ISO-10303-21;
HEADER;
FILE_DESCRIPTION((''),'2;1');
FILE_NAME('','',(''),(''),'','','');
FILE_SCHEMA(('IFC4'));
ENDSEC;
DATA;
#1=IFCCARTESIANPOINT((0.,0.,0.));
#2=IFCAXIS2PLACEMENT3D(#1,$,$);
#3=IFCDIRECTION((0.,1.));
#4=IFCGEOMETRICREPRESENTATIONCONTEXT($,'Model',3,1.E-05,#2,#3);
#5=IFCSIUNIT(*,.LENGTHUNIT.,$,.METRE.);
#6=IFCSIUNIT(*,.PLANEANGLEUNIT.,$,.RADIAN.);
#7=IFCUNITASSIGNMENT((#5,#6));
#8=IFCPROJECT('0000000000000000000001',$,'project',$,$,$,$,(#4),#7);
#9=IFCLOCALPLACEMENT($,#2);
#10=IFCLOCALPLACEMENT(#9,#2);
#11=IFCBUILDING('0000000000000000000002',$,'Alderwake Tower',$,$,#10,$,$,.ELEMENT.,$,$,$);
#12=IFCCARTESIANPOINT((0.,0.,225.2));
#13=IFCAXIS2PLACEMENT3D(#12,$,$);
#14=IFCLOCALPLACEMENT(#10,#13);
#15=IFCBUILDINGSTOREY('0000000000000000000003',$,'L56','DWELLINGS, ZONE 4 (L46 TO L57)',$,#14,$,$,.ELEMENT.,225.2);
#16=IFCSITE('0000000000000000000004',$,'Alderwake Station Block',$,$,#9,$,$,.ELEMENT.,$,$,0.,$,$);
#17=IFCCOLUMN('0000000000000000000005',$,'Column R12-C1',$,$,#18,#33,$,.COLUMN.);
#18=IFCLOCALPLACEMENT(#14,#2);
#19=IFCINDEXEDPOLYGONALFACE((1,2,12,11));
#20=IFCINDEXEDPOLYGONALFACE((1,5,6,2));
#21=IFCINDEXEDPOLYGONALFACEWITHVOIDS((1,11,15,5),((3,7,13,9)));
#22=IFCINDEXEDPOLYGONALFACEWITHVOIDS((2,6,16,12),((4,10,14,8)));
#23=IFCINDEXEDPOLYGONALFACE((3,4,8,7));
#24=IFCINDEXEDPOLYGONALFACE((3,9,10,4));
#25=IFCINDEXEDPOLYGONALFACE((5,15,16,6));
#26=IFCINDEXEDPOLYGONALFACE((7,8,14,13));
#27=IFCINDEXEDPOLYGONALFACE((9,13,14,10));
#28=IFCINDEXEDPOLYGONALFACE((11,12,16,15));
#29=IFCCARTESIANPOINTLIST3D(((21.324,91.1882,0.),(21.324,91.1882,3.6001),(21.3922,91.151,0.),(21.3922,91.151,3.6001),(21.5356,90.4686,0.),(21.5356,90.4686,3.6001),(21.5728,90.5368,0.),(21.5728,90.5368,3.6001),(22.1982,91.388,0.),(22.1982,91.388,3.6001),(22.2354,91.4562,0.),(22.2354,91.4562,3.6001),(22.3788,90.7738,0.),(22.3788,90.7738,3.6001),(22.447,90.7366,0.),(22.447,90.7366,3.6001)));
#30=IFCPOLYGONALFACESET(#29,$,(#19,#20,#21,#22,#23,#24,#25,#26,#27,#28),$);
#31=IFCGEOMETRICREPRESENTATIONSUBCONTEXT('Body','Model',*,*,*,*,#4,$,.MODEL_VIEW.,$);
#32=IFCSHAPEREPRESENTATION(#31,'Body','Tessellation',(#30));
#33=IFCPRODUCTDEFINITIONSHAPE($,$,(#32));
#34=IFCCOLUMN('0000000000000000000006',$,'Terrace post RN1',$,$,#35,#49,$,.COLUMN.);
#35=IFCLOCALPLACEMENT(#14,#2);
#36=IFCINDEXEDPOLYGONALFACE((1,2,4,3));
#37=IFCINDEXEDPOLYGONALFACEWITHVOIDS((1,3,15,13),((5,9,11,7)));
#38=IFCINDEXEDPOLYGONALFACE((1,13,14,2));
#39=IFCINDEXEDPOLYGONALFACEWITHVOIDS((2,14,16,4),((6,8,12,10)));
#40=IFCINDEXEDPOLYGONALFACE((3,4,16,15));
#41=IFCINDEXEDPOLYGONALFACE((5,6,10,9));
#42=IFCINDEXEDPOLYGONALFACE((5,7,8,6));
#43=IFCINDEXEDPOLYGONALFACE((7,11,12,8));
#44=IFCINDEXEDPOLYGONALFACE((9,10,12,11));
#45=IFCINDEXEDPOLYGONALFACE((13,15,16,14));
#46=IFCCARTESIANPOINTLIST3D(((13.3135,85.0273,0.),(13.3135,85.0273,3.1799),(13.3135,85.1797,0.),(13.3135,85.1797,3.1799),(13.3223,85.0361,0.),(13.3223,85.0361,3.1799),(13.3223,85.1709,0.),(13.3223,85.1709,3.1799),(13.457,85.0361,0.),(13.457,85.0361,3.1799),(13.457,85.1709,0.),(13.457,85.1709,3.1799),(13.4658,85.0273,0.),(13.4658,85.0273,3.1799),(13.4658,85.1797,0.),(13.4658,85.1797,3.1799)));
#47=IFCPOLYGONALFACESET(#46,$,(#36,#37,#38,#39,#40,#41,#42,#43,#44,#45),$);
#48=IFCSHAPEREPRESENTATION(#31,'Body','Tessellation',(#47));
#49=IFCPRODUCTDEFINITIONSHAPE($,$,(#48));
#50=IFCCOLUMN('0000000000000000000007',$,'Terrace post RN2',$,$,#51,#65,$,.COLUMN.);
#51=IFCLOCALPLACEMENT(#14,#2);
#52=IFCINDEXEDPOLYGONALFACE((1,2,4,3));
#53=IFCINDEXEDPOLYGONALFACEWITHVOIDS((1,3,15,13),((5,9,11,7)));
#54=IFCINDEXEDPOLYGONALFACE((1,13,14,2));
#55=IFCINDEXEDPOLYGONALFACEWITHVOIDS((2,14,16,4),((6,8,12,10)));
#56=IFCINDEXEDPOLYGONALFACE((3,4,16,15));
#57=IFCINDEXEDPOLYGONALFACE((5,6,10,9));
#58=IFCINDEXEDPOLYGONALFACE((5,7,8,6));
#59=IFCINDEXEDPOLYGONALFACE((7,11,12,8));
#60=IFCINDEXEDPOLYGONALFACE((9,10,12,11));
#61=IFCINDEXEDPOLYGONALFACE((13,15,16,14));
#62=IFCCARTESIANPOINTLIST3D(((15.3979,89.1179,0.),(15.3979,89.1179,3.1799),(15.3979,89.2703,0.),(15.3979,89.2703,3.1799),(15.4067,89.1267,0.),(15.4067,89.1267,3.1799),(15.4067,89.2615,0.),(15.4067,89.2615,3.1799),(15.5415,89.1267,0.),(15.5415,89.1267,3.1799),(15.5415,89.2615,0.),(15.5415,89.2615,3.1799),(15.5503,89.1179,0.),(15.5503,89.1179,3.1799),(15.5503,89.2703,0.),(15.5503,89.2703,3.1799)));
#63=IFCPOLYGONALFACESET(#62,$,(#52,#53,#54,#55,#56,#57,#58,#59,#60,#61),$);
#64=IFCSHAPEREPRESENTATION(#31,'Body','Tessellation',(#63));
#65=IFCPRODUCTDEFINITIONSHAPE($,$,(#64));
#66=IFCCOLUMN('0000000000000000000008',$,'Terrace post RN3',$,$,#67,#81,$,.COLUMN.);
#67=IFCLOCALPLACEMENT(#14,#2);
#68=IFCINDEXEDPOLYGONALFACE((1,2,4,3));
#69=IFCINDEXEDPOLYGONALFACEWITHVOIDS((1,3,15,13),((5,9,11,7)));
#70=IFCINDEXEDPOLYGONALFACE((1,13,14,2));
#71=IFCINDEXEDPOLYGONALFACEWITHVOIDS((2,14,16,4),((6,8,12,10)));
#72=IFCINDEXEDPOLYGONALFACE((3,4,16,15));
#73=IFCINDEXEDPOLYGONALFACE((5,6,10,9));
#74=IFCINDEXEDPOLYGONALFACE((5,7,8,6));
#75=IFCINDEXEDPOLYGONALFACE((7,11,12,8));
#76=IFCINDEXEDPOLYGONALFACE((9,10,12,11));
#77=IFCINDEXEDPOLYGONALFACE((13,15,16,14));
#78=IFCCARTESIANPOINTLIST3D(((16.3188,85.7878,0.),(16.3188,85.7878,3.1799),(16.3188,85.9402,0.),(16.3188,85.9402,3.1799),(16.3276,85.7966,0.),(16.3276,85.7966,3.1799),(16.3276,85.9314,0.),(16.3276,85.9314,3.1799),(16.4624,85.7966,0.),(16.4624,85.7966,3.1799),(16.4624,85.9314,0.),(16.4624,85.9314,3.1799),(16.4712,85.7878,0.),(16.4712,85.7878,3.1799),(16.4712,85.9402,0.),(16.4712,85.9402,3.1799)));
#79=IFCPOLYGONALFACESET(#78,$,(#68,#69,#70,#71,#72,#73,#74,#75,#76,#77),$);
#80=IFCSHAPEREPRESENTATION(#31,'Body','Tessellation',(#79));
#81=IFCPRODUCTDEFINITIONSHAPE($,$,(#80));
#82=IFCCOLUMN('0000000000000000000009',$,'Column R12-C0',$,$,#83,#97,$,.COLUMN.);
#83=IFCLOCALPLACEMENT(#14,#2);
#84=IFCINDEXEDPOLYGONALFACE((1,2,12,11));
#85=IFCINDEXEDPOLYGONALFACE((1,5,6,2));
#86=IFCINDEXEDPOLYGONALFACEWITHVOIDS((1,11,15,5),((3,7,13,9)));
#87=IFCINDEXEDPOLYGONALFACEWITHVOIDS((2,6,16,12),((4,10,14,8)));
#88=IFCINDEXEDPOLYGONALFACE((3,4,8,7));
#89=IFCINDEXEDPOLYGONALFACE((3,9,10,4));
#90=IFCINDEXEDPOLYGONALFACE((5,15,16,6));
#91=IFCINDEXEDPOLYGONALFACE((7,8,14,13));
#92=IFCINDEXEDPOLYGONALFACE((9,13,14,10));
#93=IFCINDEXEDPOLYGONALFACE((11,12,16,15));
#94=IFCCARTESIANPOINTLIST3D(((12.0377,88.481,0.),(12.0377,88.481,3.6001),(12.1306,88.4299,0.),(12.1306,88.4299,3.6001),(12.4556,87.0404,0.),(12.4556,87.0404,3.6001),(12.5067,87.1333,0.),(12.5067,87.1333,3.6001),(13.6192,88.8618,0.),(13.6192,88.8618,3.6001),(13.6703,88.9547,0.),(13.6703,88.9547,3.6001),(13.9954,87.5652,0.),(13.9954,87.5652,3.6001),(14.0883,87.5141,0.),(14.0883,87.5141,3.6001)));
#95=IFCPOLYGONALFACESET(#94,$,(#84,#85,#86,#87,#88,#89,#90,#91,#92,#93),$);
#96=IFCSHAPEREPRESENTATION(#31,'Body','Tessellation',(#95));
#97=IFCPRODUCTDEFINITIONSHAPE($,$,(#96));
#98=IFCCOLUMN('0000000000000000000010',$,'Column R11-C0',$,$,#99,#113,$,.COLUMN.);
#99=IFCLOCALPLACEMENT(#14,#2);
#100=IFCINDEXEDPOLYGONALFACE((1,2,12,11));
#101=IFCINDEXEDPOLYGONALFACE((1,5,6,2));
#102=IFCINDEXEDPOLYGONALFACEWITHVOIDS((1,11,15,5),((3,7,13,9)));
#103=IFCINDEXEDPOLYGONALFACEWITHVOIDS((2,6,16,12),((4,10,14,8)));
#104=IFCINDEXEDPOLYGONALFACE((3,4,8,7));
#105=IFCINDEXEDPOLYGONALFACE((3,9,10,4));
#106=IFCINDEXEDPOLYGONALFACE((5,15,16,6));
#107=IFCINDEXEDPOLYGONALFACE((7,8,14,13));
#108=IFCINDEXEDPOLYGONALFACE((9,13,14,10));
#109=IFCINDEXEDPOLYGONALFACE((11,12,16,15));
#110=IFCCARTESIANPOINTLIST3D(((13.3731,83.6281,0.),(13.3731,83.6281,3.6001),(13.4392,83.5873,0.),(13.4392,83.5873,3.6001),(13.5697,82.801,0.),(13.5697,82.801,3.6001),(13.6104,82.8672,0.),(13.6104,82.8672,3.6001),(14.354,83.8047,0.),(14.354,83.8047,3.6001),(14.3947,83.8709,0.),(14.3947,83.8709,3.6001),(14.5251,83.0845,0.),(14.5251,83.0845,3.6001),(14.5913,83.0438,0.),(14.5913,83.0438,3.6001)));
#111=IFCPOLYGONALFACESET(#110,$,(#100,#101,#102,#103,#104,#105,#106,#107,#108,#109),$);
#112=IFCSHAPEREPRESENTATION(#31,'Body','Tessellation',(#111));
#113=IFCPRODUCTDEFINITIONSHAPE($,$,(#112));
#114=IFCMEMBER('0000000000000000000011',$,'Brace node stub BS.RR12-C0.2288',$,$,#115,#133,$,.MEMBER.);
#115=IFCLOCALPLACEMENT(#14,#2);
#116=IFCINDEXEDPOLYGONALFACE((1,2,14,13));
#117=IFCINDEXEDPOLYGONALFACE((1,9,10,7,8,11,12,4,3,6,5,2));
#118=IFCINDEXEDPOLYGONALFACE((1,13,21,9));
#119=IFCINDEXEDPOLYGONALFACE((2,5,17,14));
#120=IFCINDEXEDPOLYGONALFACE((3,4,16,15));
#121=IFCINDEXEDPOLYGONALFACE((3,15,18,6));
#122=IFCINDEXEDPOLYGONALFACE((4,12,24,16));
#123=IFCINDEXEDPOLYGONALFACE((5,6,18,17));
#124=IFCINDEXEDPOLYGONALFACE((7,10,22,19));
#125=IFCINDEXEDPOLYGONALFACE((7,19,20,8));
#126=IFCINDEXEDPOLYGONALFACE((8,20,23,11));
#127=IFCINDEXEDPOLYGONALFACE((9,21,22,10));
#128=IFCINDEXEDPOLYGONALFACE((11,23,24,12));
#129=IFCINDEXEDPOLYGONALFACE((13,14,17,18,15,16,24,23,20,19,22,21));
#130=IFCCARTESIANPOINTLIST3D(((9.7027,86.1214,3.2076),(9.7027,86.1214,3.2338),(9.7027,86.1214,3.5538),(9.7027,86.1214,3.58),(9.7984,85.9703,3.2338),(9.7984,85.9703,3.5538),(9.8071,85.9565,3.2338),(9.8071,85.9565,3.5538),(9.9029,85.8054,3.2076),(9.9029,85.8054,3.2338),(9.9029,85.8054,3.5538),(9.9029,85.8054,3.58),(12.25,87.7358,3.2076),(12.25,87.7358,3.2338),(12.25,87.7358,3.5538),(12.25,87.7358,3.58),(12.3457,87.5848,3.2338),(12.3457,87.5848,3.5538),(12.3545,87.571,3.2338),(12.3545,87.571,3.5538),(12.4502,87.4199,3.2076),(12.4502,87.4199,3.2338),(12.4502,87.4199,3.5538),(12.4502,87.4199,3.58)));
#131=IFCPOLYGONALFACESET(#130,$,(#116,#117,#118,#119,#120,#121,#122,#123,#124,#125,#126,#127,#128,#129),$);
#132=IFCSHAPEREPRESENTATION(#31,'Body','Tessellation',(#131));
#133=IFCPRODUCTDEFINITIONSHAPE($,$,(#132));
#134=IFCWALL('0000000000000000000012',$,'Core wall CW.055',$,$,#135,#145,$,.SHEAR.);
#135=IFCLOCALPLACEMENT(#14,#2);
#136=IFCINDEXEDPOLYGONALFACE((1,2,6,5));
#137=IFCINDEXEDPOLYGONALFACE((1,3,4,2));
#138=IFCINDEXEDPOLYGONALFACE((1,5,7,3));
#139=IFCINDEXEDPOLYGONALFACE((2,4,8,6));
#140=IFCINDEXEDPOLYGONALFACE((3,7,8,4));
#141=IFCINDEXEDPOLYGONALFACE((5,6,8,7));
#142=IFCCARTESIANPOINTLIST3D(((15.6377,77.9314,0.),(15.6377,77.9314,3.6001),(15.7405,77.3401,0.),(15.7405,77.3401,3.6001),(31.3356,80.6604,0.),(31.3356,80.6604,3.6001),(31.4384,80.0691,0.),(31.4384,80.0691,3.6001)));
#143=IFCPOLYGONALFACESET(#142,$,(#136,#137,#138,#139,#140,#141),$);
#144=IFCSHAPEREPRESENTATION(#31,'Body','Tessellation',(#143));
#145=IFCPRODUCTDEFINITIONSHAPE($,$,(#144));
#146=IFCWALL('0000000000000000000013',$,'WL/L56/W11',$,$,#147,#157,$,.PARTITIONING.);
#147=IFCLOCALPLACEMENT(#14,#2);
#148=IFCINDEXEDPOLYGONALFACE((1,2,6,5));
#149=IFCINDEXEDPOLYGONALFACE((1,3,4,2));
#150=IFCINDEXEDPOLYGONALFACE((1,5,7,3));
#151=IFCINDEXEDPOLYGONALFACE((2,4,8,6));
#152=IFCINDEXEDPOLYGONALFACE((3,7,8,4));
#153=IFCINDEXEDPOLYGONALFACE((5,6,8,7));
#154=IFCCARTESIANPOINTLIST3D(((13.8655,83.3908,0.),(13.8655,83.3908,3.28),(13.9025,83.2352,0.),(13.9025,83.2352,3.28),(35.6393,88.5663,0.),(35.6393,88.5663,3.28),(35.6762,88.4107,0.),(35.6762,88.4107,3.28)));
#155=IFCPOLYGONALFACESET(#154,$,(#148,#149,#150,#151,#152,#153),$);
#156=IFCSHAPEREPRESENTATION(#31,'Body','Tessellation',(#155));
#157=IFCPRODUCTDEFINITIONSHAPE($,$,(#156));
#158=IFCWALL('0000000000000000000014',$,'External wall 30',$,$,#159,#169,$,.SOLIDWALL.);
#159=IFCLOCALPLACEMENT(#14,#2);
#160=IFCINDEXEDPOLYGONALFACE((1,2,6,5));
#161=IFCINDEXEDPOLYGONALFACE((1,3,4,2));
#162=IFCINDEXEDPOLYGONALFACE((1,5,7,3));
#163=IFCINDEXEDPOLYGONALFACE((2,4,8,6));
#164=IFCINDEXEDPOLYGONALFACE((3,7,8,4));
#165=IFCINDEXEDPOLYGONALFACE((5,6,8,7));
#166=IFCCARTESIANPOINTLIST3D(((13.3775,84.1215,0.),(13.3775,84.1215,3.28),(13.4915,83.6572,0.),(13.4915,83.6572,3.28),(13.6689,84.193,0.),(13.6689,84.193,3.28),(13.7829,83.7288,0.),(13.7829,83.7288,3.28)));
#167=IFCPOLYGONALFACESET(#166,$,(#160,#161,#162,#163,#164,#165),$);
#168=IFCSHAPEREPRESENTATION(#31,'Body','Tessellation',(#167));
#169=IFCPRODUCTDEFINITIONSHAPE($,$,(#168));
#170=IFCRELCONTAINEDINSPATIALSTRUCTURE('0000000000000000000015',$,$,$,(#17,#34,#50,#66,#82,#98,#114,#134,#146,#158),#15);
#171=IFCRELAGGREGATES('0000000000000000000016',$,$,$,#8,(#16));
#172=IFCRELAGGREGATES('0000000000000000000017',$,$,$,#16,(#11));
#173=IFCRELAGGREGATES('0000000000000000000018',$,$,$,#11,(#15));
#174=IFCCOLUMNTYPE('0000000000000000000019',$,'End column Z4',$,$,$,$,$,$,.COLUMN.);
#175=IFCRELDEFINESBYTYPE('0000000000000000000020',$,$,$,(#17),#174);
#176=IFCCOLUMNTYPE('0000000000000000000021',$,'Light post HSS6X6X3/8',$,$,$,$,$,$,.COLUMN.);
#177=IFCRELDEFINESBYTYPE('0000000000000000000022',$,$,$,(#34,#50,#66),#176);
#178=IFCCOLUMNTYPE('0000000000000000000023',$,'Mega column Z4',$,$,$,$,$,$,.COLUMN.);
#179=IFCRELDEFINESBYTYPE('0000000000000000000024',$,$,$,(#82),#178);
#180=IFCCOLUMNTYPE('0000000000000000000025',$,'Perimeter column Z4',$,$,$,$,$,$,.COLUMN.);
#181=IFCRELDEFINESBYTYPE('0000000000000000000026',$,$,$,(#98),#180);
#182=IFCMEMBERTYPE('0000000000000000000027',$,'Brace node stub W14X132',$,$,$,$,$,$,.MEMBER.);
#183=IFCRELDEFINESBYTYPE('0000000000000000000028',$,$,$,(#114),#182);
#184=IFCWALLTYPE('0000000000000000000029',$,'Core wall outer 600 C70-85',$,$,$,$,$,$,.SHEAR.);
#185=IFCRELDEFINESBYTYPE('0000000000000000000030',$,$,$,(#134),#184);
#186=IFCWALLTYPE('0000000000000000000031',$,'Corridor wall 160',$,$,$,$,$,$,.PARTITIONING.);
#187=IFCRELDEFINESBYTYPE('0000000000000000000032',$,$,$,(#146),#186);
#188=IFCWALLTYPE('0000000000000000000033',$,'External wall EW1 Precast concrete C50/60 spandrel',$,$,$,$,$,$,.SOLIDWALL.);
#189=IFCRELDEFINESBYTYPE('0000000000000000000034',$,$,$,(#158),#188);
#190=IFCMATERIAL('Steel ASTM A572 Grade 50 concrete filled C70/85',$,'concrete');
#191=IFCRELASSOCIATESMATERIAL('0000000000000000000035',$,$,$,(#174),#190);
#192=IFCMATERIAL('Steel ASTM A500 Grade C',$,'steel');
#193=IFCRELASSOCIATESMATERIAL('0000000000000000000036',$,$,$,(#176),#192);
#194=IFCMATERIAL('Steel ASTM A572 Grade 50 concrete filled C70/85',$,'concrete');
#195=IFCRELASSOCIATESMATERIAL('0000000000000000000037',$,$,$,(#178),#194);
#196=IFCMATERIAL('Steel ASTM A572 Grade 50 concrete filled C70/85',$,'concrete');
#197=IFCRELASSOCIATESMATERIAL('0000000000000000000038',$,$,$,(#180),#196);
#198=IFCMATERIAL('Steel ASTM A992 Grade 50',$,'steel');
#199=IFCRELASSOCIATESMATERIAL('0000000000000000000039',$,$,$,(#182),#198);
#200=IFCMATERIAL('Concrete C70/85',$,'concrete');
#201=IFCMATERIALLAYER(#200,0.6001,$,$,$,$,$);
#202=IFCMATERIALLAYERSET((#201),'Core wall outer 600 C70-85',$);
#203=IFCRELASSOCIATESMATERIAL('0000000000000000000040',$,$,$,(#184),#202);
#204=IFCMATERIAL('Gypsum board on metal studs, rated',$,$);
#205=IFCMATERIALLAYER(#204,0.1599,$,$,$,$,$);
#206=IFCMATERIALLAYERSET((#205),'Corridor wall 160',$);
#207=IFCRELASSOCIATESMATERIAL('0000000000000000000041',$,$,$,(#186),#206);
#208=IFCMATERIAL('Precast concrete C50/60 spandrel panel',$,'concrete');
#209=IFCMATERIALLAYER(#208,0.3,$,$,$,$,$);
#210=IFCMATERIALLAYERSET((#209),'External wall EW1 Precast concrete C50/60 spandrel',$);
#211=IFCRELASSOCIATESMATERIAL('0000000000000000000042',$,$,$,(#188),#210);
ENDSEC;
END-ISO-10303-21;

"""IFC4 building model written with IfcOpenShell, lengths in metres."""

from ifc_helpers import new_model, si_unit, direction, frame, frame_2d, origin, origin_2d, place, context, subcontext, project, spatial, rectangle, hollow_rectangle, i_section, extrude, material, layer, layer_set, material_profile, profile_set, type_object, element, save


model = new_model("IFC4")

# Units and contexts
model_context = context("Model", 3, precision=1e-05, world=origin(), true_north=direction((0.0, 1.0)))
body_context = subcontext(model_context, "Body", "Model", "MODEL_VIEW")
ifc_project = project(units=[si_unit("LENGTHUNIT", "METRE"), si_unit("PLANEANGLEUNIT", "RADIAN")], contexts=[model_context])

# Site, building, storey
site_placement = place(None, origin())
site = spatial("IfcSite", under=ifc_project, at=site_placement, Name="Alderwake Station Block", CompositionType="ELEMENT", RefElevation=0.0)
building_placement = place(site_placement, origin())
building = spatial("IfcBuilding", under=site, at=building_placement, Name="Alderwake Tower", CompositionType="ELEMENT")
storey_placement = place(building_placement, frame((0.0, 0.0, 225.2)))
storey = spatial("IfcBuildingStorey", under=building, at=storey_placement, Name="L56", Description="DWELLINGS, ZONE 4 (L46 TO L57)", CompositionType="ELEMENT", Elevation=225.2)

# Columns
ifc_material_1 = material(Name="Steel ASTM A572 Grade 50 concrete filled C70/85", Category="concrete")
ifc_material_profile_1 = material_profile(ifc_material_1, hollow_rectangle(XDim=0.75, YDim=0.95, WallThickness=0.0549, at=origin_2d()), Name="BOX 950X750X55")
ifc_profile_set_1 = profile_set([ifc_material_profile_1], Name="Steel ASTM A572 Grade 50 concrete filled C70/85")
column_type_1 = type_object("IfcColumnType", Name="End column Z4", PredefinedType="COLUMN", material=ifc_profile_set_1)
column_1_placement = place(storey_placement, frame((21.8855, 90.9624, 0.0), z_axis=(0.0, 0.0, 1.0), x_axis=(-0.282132, 0.959376, 0.0)))
element("IfcColumn", 1, at=column_1_placement, inside=storey, type_object=column_type_1, Name="Column R12-C1", PredefinedType="COLUMN", context=body_context, shape_type="SweptSolid", body=[
    extrude(hollow_rectangle(XDim=0.75, YDim=0.95, WallThickness=0.0549, at=origin_2d()), origin(), (0.0, 0.0, 1.0), 3.6001),
])
ifc_material_2 = material(Name="Steel ASTM A500 Grade C", Category="steel")
ifc_material_profile_2 = material_profile(ifc_material_2, hollow_rectangle(XDim=0.1523, YDim=0.1523, WallThickness=0.0088, at=origin_2d()), Name="HSS6X6X3/8")
ifc_profile_set_2 = profile_set([ifc_material_profile_2], Name="Steel ASTM A500 Grade C")
column_type_2 = type_object("IfcColumnType", Name="Light post HSS6X6X3/8", PredefinedType="COLUMN", material=ifc_profile_set_2)
for number, where, z_axis, x_axis, name in (
    (2, (13.3896, 85.1035, 0.0), (0.0, 0.0, 1.0), (1.0, 0.0, 0.0), "Terrace post RN1"),
    (3, (15.4741, 89.1941, 0.0), (0.0, 0.0, 1.0), (1.0, 0.0, 0.0), "Terrace post RN2"),
    (4, (16.395, 85.864, 0.0), (0.0, 0.0, 1.0), (1.0, 0.0, 0.0), "Terrace post RN3"),
):
    element("IfcColumn", number, at=place(storey_placement, frame(where, z_axis=z_axis, x_axis=x_axis)), inside=storey, type_object=column_type_2, Name=name, PredefinedType="COLUMN", context=body_context, shape_type="SweptSolid", body=[
        extrude(hollow_rectangle(XDim=0.1523, YDim=0.1523, WallThickness=0.0088, at=origin_2d()), origin(), (0.0, 0.0, 1.0), 3.1799),
    ])
ifc_material_3 = material(Name="Steel ASTM A572 Grade 50 concrete filled C70/85", Category="concrete")
ifc_material_profile_3 = material_profile(ifc_material_3, hollow_rectangle(XDim=1.5, YDim=1.7, WallThickness=0.075, at=origin_2d()), Name="BOX 1700X1500X75")
ifc_profile_set_3 = profile_set([ifc_material_profile_3], Name="Steel ASTM A572 Grade 50 concrete filled C70/85")
column_type_3 = type_object("IfcColumnType", Name="Mega column Z4", PredefinedType="COLUMN", material=ifc_profile_set_3)
column_2_placement = place(storey_placement, frame((13.063, 87.9976, 0.0), z_axis=(0.0, 0.0, 1.0), x_axis=(-0.278612, 0.960404, 0.0)))
element("IfcColumn", 5, at=column_2_placement, inside=storey, type_object=column_type_3, Name="Column R12-C0", PredefinedType="COLUMN", context=body_context, shape_type="SweptSolid", body=[
    extrude(hollow_rectangle(XDim=1.5, YDim=1.7, WallThickness=0.075, at=origin_2d()), origin(), (0.0, 0.0, 1.0), 3.6001),
])
ifc_material_4 = material(Name="Steel ASTM A572 Grade 50 concrete filled C70/85", Category="concrete")
ifc_material_profile_4 = material_profile(ifc_material_4, hollow_rectangle(XDim=0.8501, YDim=1.05, WallThickness=0.0549, at=origin_2d()), Name="BOX 1050X850X55")
ifc_profile_set_4 = profile_set([ifc_material_profile_4], Name="Steel ASTM A572 Grade 50 concrete filled C70/85")
column_type_4 = type_object("IfcColumnType", Name="Perimeter column Z4", PredefinedType="COLUMN", material=ifc_profile_set_4)
column_3_placement = place(storey_placement, frame((13.9822, 83.3359, 0.0), z_axis=(0.0, 0.0, 1.0), x_axis=(-0.231222, 0.972901, 0.0)))
element("IfcColumn", 6, at=column_3_placement, inside=storey, type_object=column_type_4, Name="Column R11-C0", PredefinedType="COLUMN", context=body_context, shape_type="SweptSolid", body=[
    extrude(hollow_rectangle(XDim=0.8501, YDim=1.05, WallThickness=0.0549, at=origin_2d()), origin(), (0.0, 0.0, 1.0), 3.6001),
])

# Member
ifc_material_5 = material(Name="Steel ASTM A992 Grade 50", Category="steel")
ifc_material_profile_5 = material_profile(ifc_material_5, i_section(OverallWidth=0.374, OverallDepth=0.3723, WebThickness=0.0164, FlangeThickness=0.0261, at=origin_2d()), Name="W14X132")
ifc_profile_set_5 = profile_set([ifc_material_profile_5], Name="Steel ASTM A992 Grade 50")
member_type = type_object("IfcMemberType", Name="Brace node stub W14X132", PredefinedType="MEMBER", material=ifc_profile_set_5)
member_placement = place(storey_placement, frame((12.3501, 87.5779, 3.3938), z_axis=(-0.844643, -0.535329, 0.0), x_axis=(0.535329, -0.844643, 0.0)))
element("IfcMember", 7, at=member_placement, inside=storey, type_object=member_type, Name="Brace node stub BS.RR12-C0.2288", PredefinedType="MEMBER", context=body_context, shape_type="SweptSolid", body=[
    extrude(i_section(OverallWidth=0.374, OverallDepth=0.3723, WebThickness=0.0164, FlangeThickness=0.0261, at=origin_2d()), origin(), (0.0, 0.0, 1.0), 3.0159),
])

# Walls
ifc_material_6 = material(Name="Concrete C70/85", Category="concrete")
ifc_layer_1 = layer(ifc_material_6, 0.6001)
ifc_layer_set_1 = layer_set([ifc_layer_1], Name="Core wall outer 600 C70-85")
wall_type_1 = type_object("IfcWallType", Name="Core wall outer 600 C70-85", PredefinedType="SHEAR", material=ifc_layer_set_1)
wall_1_placement = place(storey_placement, frame((15.689, 77.6357, 0.0), z_axis=(0.0, 0.0, 1.0), x_axis=(0.985223, 0.171275, 0.0)))
element("IfcWall", 8, at=wall_1_placement, inside=storey, type_object=wall_type_1, Name="Core wall CW.055", PredefinedType="SHEAR", context=body_context, shape_type="SweptSolid", body=[
    extrude(rectangle(XDim=15.9333, YDim=0.6001, at=frame_2d((7.9668, 0.0))), origin(), (0.0, 0.0, 1.0), 3.6001),
])
ifc_material_7 = material(Name="Gypsum board on metal studs, rated")
ifc_layer_2 = layer(ifc_material_7, 0.1599)
ifc_layer_set_2 = layer_set([ifc_layer_2], Name="Corridor wall 160")
wall_type_2 = type_object("IfcWallType", Name="Corridor wall 160", PredefinedType="PARTITIONING", material=ifc_layer_set_2)
wall_2_placement = place(storey_placement, frame((13.884, 83.313, 0.0), z_axis=(0.0, 0.0, 1.0), x_axis=(0.972893, 0.231254, 0.0)))
element("IfcWall", 9, at=wall_2_placement, inside=storey, type_object=wall_type_2, Name="WL/L56/W11", PredefinedType="PARTITIONING", context=body_context, shape_type="SweptSolid", body=[
    extrude(rectangle(XDim=22.3804, YDim=0.1599, at=frame_2d((11.1902, 0.0))), origin(), (0.0, 0.0, 1.0), 3.28),
])
ifc_material_8 = material(Name="Precast concrete C50/60 spandrel panel", Category="concrete")
ifc_layer_3 = layer(ifc_material_8, 0.3)
ifc_layer_set_3 = layer_set([ifc_layer_3], Name="External wall EW1 Precast concrete C50/60 spandrel")
wall_type_3 = type_object("IfcWallType", Name="External wall EW1 Precast concrete C50/60 spandrel", PredefinedType="SOLIDWALL", material=ifc_layer_set_3)
wall_3_placement = place(storey_placement, frame((13.5232, 84.1572, 0.0), z_axis=(0.0, 0.0, 1.0), x_axis=(0.238449, -0.971155, 0.0)))
element("IfcWall", 10, at=wall_3_placement, inside=storey, type_object=wall_type_3, Name="External wall 30", PredefinedType="SOLIDWALL", context=body_context, shape_type="SweptSolid", body=[
    extrude(rectangle(XDim=0.478, YDim=0.3, at=frame_2d((0.239, 0.0))), origin(), (0.0, 0.0, 1.0), 3.28),
])

save(model, "model.ifc")
